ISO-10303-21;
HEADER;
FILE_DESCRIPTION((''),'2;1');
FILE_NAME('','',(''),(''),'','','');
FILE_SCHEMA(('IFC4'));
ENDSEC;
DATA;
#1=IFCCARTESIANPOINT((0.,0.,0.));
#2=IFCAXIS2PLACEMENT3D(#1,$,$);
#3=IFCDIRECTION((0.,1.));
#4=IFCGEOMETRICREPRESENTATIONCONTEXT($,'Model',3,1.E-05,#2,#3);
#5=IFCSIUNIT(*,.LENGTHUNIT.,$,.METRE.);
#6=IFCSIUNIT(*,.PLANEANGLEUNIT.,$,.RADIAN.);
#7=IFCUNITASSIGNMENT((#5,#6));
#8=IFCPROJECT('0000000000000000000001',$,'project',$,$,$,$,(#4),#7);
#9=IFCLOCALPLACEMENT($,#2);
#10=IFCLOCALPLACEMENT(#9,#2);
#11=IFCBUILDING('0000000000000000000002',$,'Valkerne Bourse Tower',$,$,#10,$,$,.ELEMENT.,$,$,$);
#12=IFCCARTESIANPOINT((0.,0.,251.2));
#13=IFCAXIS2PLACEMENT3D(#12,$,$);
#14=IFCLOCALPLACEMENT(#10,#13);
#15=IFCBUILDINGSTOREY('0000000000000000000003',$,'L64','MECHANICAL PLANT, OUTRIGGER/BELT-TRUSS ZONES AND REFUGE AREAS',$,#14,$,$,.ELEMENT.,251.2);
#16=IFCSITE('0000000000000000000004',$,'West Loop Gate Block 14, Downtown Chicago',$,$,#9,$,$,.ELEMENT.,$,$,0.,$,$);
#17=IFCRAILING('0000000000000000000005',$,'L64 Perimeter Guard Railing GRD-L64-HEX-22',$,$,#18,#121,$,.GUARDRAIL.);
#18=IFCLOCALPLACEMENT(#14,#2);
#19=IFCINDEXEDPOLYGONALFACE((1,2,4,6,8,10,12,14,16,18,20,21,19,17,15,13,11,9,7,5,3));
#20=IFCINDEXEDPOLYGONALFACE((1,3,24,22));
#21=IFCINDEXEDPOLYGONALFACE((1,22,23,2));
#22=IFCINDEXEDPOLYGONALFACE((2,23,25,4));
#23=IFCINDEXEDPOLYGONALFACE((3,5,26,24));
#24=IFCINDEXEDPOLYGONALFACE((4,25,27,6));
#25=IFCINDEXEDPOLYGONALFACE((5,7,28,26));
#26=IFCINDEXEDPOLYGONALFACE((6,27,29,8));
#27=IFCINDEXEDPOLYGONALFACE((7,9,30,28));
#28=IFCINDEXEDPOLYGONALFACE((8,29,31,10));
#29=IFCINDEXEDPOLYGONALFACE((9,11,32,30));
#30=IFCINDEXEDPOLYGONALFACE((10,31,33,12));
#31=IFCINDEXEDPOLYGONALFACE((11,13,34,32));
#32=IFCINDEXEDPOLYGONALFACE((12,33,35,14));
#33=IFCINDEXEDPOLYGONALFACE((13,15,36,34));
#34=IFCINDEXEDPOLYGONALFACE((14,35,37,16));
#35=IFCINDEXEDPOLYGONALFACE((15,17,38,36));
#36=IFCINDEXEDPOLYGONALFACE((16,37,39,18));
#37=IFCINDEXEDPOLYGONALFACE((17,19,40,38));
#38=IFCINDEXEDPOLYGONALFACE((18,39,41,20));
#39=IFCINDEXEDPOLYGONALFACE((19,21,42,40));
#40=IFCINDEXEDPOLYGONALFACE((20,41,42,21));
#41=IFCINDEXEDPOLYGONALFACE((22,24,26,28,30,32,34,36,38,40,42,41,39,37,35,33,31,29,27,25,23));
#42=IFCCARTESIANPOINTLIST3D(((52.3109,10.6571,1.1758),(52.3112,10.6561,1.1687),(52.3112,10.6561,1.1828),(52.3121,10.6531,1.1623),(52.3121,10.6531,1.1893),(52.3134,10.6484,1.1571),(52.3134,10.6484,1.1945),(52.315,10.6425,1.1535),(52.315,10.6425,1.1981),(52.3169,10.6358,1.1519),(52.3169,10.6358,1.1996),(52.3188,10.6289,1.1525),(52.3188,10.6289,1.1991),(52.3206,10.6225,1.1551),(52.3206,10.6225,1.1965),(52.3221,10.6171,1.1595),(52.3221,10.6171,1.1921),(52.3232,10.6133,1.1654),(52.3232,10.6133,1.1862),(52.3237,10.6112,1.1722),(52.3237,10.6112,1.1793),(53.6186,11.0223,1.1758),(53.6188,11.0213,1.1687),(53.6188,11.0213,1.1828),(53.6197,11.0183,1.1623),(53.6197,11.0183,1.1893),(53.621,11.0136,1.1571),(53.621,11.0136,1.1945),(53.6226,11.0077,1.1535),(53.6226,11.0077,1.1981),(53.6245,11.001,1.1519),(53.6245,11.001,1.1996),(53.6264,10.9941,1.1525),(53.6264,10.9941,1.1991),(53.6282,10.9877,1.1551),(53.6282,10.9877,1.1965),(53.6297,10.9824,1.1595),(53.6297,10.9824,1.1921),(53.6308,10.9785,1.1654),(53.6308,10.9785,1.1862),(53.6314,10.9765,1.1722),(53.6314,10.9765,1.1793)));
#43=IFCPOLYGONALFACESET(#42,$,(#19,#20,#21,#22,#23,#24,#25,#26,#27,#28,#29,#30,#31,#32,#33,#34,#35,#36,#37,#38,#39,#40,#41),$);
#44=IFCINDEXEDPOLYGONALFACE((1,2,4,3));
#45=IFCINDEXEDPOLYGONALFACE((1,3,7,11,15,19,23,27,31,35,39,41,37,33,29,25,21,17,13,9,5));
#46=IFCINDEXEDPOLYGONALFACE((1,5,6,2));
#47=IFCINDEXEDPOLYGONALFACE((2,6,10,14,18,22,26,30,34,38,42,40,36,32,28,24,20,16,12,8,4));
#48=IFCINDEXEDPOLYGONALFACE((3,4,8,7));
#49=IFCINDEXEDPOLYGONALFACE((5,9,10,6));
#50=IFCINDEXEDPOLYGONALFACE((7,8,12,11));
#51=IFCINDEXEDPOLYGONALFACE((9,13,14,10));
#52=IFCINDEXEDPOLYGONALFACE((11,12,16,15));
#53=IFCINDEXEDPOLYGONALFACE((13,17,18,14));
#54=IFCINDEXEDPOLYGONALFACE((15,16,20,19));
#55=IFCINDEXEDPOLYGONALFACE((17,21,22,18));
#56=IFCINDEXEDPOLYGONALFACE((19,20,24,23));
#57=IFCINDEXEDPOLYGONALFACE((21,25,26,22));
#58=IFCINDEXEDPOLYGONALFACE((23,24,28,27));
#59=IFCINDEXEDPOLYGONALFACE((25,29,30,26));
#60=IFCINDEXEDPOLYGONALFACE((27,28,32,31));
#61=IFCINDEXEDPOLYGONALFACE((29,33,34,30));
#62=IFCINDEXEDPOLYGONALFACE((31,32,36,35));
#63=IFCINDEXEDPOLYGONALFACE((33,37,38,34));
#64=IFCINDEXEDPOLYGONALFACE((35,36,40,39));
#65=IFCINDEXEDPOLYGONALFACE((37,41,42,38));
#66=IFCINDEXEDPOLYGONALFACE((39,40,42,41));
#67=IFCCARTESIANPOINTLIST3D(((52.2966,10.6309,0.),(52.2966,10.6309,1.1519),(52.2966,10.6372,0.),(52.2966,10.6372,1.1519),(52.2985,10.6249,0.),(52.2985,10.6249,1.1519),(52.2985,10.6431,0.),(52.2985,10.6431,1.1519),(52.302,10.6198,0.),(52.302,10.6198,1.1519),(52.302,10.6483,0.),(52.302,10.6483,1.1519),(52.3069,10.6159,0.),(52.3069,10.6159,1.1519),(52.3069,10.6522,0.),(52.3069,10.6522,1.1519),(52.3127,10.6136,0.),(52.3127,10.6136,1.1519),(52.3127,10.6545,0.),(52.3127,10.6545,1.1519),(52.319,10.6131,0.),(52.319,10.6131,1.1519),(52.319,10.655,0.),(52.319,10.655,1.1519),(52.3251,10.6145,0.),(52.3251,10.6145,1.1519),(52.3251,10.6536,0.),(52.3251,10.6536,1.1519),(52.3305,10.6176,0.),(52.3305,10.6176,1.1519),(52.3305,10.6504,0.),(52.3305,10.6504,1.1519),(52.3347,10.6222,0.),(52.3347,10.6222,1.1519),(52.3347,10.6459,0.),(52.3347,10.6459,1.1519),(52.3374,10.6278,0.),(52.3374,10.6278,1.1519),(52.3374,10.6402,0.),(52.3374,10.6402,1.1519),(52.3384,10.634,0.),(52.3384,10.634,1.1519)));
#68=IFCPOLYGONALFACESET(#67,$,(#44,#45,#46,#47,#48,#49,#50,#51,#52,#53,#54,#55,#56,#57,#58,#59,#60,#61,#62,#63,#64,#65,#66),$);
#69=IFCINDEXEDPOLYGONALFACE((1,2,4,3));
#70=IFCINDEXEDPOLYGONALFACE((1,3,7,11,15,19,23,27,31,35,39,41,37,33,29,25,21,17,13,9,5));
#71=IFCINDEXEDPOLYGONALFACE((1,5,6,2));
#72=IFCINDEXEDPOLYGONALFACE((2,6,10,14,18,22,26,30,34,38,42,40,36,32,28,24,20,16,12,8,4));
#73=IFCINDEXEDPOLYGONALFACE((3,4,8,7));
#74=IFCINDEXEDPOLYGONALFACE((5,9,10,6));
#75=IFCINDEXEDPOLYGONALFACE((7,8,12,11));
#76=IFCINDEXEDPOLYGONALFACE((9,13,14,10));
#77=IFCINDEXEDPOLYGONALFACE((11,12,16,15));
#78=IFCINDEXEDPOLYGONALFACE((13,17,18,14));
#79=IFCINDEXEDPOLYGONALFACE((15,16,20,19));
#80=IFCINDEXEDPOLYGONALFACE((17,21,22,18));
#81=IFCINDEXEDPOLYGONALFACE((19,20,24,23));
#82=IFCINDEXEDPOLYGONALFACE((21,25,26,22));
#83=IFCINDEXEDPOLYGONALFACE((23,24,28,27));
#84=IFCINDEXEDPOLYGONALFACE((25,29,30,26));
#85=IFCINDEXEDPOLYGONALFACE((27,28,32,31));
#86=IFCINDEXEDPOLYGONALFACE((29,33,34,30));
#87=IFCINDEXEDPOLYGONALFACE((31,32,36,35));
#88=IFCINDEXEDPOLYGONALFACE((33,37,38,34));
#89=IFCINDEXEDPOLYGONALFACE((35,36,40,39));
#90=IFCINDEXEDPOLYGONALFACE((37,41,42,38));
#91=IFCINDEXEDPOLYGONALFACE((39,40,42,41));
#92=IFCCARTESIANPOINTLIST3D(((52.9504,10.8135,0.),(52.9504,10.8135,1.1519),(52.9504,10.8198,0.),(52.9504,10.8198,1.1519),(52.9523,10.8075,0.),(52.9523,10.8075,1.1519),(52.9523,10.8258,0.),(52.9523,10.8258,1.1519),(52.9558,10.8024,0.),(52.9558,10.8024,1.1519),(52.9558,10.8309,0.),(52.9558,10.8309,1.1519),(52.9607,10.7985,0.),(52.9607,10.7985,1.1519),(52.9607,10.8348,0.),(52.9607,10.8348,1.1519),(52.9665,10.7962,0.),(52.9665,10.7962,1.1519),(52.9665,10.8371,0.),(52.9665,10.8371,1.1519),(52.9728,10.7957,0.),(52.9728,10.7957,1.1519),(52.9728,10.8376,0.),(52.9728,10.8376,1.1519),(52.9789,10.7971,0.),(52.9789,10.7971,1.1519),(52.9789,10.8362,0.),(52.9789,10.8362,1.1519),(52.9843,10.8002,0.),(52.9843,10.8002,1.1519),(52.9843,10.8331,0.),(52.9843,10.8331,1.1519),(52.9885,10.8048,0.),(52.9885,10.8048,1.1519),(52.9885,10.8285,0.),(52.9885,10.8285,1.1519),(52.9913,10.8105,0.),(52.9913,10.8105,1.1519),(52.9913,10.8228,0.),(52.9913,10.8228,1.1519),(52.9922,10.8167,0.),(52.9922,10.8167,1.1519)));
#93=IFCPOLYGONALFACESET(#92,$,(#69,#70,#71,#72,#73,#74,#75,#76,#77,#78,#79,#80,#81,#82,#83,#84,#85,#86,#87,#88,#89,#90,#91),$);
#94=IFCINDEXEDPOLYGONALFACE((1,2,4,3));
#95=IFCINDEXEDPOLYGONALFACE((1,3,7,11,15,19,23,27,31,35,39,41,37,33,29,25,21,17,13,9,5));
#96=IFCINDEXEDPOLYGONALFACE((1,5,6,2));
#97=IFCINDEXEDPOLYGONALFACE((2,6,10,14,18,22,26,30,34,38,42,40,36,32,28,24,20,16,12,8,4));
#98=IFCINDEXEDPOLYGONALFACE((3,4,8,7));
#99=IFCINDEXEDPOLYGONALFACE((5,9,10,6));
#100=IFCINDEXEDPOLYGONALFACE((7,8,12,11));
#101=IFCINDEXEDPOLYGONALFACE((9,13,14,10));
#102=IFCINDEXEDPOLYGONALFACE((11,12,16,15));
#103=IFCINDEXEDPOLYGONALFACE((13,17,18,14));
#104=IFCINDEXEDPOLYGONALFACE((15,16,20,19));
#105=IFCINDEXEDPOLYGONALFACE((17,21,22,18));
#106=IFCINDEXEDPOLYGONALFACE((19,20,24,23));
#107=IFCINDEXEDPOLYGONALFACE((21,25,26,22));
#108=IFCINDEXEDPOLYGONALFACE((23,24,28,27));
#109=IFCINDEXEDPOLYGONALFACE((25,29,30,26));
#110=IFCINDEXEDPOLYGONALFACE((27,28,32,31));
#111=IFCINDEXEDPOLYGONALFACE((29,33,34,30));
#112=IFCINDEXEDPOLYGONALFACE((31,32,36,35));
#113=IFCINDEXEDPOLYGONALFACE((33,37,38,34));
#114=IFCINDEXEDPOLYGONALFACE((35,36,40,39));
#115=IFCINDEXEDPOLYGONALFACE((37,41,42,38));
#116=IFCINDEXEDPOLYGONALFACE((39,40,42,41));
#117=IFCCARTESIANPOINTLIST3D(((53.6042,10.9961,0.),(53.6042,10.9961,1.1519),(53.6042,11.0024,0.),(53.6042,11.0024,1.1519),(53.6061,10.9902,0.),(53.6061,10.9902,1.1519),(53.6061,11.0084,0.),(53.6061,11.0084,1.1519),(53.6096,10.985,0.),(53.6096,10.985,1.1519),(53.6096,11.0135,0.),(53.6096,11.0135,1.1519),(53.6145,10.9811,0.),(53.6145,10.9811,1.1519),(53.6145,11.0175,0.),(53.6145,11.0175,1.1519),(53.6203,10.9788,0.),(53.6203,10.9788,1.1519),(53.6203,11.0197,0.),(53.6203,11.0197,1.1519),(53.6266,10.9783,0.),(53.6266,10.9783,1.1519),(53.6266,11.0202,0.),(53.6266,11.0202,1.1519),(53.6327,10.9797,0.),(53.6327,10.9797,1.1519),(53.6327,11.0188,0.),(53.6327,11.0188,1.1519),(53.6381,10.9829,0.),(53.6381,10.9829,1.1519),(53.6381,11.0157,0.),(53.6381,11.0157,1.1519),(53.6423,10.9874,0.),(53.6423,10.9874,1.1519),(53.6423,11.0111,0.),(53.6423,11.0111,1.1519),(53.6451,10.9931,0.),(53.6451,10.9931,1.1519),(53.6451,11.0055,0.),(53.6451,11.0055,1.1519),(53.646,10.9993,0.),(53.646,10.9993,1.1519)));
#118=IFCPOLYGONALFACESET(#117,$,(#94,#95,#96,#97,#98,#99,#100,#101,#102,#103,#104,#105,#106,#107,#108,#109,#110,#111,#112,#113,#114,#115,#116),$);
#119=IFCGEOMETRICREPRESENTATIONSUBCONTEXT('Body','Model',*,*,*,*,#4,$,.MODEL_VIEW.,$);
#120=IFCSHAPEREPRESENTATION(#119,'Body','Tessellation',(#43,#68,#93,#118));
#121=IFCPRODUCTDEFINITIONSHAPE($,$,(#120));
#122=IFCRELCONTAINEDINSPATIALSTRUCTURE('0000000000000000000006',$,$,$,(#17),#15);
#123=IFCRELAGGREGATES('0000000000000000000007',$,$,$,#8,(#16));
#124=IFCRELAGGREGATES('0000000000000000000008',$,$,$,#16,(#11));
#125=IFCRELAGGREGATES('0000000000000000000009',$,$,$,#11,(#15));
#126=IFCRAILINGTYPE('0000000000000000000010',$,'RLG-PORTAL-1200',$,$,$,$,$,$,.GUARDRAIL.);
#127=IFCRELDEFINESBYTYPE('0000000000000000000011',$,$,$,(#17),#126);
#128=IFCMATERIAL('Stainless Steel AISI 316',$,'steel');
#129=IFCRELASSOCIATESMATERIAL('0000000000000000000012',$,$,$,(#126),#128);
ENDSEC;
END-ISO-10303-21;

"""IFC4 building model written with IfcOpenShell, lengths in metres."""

from ifc_helpers import new_model, si_unit, direction, frame, origin, origin_2d, place, context, subcontext, project, spatial, circle, extrude, material, type_object, element, save


model = new_model("IFC4")

# Units and contexts
model_context = context("Model", 3, precision=1e-05, world=origin(), true_north=direction((0.0, 1.0)))
body_context = subcontext(model_context, "Body", "Model", "MODEL_VIEW")
ifc_project = project(units=[si_unit("LENGTHUNIT", "METRE"), si_unit("PLANEANGLEUNIT", "RADIAN")], contexts=[model_context])

# Site, building, storey
site_placement = place(None, origin())
site = spatial("IfcSite", under=ifc_project, at=site_placement, Name="West Loop Gate Block 14, Downtown Chicago", CompositionType="ELEMENT", RefElevation=0.0)
building_placement = place(site_placement, origin())
building = spatial("IfcBuilding", under=site, at=building_placement, Name="Valkerne Bourse Tower", CompositionType="ELEMENT")
storey_placement = place(building_placement, frame((0.0, 0.0, 251.2)))
storey = spatial("IfcBuildingStorey", under=building, at=storey_placement, Name="L64", Description="MECHANICAL PLANT, OUTRIGGER/BELT-TRUSS ZONES AND REFUGE AREAS", CompositionType="ELEMENT", Elevation=251.2)

# Railing
ifc_material_1 = material(Name="Stainless Steel AISI 316", Category="steel")
railing_type_1 = type_object("IfcRailingType", Name="RLG-PORTAL-1200", PredefinedType="GUARDRAIL", material=ifc_material_1)
railing_1_placement = place(storey_placement, frame((52.3174, 10.634, 0.0)))
element("IfcRailing", 1, at=railing_1_placement, inside=storey, type_object=railing_type_1, Name="L64 Perimeter Guard Railing GRD-L64-HEX-22", PredefinedType="GUARDRAIL", context=body_context, shape_type="SweptSolid", body=[
    extrude(circle(Radius=0.0239, at=origin_2d()), frame((0.0, 0.0, 1.1758), z_axis=(0.963136, 0.269016, 0.0), x_axis=(-0.269016, 0.963136, 0.0)), (0.0, 0.0, 1.0), 1.3577),
    extrude(circle(Radius=0.021, at=origin_2d()), origin(), (0.0, 0.0, 1.0), 1.1519),
    extrude(circle(Radius=0.021, at=origin_2d()), frame((0.6538, 0.1826, 0.0)), (0.0, 0.0, 1.0), 1.1519),
    extrude(circle(Radius=0.021, at=origin_2d()), frame((1.3076, 0.3652, 0.0)), (0.0, 0.0, 1.0), 1.1519),
])

save(model, "model.ifc")
